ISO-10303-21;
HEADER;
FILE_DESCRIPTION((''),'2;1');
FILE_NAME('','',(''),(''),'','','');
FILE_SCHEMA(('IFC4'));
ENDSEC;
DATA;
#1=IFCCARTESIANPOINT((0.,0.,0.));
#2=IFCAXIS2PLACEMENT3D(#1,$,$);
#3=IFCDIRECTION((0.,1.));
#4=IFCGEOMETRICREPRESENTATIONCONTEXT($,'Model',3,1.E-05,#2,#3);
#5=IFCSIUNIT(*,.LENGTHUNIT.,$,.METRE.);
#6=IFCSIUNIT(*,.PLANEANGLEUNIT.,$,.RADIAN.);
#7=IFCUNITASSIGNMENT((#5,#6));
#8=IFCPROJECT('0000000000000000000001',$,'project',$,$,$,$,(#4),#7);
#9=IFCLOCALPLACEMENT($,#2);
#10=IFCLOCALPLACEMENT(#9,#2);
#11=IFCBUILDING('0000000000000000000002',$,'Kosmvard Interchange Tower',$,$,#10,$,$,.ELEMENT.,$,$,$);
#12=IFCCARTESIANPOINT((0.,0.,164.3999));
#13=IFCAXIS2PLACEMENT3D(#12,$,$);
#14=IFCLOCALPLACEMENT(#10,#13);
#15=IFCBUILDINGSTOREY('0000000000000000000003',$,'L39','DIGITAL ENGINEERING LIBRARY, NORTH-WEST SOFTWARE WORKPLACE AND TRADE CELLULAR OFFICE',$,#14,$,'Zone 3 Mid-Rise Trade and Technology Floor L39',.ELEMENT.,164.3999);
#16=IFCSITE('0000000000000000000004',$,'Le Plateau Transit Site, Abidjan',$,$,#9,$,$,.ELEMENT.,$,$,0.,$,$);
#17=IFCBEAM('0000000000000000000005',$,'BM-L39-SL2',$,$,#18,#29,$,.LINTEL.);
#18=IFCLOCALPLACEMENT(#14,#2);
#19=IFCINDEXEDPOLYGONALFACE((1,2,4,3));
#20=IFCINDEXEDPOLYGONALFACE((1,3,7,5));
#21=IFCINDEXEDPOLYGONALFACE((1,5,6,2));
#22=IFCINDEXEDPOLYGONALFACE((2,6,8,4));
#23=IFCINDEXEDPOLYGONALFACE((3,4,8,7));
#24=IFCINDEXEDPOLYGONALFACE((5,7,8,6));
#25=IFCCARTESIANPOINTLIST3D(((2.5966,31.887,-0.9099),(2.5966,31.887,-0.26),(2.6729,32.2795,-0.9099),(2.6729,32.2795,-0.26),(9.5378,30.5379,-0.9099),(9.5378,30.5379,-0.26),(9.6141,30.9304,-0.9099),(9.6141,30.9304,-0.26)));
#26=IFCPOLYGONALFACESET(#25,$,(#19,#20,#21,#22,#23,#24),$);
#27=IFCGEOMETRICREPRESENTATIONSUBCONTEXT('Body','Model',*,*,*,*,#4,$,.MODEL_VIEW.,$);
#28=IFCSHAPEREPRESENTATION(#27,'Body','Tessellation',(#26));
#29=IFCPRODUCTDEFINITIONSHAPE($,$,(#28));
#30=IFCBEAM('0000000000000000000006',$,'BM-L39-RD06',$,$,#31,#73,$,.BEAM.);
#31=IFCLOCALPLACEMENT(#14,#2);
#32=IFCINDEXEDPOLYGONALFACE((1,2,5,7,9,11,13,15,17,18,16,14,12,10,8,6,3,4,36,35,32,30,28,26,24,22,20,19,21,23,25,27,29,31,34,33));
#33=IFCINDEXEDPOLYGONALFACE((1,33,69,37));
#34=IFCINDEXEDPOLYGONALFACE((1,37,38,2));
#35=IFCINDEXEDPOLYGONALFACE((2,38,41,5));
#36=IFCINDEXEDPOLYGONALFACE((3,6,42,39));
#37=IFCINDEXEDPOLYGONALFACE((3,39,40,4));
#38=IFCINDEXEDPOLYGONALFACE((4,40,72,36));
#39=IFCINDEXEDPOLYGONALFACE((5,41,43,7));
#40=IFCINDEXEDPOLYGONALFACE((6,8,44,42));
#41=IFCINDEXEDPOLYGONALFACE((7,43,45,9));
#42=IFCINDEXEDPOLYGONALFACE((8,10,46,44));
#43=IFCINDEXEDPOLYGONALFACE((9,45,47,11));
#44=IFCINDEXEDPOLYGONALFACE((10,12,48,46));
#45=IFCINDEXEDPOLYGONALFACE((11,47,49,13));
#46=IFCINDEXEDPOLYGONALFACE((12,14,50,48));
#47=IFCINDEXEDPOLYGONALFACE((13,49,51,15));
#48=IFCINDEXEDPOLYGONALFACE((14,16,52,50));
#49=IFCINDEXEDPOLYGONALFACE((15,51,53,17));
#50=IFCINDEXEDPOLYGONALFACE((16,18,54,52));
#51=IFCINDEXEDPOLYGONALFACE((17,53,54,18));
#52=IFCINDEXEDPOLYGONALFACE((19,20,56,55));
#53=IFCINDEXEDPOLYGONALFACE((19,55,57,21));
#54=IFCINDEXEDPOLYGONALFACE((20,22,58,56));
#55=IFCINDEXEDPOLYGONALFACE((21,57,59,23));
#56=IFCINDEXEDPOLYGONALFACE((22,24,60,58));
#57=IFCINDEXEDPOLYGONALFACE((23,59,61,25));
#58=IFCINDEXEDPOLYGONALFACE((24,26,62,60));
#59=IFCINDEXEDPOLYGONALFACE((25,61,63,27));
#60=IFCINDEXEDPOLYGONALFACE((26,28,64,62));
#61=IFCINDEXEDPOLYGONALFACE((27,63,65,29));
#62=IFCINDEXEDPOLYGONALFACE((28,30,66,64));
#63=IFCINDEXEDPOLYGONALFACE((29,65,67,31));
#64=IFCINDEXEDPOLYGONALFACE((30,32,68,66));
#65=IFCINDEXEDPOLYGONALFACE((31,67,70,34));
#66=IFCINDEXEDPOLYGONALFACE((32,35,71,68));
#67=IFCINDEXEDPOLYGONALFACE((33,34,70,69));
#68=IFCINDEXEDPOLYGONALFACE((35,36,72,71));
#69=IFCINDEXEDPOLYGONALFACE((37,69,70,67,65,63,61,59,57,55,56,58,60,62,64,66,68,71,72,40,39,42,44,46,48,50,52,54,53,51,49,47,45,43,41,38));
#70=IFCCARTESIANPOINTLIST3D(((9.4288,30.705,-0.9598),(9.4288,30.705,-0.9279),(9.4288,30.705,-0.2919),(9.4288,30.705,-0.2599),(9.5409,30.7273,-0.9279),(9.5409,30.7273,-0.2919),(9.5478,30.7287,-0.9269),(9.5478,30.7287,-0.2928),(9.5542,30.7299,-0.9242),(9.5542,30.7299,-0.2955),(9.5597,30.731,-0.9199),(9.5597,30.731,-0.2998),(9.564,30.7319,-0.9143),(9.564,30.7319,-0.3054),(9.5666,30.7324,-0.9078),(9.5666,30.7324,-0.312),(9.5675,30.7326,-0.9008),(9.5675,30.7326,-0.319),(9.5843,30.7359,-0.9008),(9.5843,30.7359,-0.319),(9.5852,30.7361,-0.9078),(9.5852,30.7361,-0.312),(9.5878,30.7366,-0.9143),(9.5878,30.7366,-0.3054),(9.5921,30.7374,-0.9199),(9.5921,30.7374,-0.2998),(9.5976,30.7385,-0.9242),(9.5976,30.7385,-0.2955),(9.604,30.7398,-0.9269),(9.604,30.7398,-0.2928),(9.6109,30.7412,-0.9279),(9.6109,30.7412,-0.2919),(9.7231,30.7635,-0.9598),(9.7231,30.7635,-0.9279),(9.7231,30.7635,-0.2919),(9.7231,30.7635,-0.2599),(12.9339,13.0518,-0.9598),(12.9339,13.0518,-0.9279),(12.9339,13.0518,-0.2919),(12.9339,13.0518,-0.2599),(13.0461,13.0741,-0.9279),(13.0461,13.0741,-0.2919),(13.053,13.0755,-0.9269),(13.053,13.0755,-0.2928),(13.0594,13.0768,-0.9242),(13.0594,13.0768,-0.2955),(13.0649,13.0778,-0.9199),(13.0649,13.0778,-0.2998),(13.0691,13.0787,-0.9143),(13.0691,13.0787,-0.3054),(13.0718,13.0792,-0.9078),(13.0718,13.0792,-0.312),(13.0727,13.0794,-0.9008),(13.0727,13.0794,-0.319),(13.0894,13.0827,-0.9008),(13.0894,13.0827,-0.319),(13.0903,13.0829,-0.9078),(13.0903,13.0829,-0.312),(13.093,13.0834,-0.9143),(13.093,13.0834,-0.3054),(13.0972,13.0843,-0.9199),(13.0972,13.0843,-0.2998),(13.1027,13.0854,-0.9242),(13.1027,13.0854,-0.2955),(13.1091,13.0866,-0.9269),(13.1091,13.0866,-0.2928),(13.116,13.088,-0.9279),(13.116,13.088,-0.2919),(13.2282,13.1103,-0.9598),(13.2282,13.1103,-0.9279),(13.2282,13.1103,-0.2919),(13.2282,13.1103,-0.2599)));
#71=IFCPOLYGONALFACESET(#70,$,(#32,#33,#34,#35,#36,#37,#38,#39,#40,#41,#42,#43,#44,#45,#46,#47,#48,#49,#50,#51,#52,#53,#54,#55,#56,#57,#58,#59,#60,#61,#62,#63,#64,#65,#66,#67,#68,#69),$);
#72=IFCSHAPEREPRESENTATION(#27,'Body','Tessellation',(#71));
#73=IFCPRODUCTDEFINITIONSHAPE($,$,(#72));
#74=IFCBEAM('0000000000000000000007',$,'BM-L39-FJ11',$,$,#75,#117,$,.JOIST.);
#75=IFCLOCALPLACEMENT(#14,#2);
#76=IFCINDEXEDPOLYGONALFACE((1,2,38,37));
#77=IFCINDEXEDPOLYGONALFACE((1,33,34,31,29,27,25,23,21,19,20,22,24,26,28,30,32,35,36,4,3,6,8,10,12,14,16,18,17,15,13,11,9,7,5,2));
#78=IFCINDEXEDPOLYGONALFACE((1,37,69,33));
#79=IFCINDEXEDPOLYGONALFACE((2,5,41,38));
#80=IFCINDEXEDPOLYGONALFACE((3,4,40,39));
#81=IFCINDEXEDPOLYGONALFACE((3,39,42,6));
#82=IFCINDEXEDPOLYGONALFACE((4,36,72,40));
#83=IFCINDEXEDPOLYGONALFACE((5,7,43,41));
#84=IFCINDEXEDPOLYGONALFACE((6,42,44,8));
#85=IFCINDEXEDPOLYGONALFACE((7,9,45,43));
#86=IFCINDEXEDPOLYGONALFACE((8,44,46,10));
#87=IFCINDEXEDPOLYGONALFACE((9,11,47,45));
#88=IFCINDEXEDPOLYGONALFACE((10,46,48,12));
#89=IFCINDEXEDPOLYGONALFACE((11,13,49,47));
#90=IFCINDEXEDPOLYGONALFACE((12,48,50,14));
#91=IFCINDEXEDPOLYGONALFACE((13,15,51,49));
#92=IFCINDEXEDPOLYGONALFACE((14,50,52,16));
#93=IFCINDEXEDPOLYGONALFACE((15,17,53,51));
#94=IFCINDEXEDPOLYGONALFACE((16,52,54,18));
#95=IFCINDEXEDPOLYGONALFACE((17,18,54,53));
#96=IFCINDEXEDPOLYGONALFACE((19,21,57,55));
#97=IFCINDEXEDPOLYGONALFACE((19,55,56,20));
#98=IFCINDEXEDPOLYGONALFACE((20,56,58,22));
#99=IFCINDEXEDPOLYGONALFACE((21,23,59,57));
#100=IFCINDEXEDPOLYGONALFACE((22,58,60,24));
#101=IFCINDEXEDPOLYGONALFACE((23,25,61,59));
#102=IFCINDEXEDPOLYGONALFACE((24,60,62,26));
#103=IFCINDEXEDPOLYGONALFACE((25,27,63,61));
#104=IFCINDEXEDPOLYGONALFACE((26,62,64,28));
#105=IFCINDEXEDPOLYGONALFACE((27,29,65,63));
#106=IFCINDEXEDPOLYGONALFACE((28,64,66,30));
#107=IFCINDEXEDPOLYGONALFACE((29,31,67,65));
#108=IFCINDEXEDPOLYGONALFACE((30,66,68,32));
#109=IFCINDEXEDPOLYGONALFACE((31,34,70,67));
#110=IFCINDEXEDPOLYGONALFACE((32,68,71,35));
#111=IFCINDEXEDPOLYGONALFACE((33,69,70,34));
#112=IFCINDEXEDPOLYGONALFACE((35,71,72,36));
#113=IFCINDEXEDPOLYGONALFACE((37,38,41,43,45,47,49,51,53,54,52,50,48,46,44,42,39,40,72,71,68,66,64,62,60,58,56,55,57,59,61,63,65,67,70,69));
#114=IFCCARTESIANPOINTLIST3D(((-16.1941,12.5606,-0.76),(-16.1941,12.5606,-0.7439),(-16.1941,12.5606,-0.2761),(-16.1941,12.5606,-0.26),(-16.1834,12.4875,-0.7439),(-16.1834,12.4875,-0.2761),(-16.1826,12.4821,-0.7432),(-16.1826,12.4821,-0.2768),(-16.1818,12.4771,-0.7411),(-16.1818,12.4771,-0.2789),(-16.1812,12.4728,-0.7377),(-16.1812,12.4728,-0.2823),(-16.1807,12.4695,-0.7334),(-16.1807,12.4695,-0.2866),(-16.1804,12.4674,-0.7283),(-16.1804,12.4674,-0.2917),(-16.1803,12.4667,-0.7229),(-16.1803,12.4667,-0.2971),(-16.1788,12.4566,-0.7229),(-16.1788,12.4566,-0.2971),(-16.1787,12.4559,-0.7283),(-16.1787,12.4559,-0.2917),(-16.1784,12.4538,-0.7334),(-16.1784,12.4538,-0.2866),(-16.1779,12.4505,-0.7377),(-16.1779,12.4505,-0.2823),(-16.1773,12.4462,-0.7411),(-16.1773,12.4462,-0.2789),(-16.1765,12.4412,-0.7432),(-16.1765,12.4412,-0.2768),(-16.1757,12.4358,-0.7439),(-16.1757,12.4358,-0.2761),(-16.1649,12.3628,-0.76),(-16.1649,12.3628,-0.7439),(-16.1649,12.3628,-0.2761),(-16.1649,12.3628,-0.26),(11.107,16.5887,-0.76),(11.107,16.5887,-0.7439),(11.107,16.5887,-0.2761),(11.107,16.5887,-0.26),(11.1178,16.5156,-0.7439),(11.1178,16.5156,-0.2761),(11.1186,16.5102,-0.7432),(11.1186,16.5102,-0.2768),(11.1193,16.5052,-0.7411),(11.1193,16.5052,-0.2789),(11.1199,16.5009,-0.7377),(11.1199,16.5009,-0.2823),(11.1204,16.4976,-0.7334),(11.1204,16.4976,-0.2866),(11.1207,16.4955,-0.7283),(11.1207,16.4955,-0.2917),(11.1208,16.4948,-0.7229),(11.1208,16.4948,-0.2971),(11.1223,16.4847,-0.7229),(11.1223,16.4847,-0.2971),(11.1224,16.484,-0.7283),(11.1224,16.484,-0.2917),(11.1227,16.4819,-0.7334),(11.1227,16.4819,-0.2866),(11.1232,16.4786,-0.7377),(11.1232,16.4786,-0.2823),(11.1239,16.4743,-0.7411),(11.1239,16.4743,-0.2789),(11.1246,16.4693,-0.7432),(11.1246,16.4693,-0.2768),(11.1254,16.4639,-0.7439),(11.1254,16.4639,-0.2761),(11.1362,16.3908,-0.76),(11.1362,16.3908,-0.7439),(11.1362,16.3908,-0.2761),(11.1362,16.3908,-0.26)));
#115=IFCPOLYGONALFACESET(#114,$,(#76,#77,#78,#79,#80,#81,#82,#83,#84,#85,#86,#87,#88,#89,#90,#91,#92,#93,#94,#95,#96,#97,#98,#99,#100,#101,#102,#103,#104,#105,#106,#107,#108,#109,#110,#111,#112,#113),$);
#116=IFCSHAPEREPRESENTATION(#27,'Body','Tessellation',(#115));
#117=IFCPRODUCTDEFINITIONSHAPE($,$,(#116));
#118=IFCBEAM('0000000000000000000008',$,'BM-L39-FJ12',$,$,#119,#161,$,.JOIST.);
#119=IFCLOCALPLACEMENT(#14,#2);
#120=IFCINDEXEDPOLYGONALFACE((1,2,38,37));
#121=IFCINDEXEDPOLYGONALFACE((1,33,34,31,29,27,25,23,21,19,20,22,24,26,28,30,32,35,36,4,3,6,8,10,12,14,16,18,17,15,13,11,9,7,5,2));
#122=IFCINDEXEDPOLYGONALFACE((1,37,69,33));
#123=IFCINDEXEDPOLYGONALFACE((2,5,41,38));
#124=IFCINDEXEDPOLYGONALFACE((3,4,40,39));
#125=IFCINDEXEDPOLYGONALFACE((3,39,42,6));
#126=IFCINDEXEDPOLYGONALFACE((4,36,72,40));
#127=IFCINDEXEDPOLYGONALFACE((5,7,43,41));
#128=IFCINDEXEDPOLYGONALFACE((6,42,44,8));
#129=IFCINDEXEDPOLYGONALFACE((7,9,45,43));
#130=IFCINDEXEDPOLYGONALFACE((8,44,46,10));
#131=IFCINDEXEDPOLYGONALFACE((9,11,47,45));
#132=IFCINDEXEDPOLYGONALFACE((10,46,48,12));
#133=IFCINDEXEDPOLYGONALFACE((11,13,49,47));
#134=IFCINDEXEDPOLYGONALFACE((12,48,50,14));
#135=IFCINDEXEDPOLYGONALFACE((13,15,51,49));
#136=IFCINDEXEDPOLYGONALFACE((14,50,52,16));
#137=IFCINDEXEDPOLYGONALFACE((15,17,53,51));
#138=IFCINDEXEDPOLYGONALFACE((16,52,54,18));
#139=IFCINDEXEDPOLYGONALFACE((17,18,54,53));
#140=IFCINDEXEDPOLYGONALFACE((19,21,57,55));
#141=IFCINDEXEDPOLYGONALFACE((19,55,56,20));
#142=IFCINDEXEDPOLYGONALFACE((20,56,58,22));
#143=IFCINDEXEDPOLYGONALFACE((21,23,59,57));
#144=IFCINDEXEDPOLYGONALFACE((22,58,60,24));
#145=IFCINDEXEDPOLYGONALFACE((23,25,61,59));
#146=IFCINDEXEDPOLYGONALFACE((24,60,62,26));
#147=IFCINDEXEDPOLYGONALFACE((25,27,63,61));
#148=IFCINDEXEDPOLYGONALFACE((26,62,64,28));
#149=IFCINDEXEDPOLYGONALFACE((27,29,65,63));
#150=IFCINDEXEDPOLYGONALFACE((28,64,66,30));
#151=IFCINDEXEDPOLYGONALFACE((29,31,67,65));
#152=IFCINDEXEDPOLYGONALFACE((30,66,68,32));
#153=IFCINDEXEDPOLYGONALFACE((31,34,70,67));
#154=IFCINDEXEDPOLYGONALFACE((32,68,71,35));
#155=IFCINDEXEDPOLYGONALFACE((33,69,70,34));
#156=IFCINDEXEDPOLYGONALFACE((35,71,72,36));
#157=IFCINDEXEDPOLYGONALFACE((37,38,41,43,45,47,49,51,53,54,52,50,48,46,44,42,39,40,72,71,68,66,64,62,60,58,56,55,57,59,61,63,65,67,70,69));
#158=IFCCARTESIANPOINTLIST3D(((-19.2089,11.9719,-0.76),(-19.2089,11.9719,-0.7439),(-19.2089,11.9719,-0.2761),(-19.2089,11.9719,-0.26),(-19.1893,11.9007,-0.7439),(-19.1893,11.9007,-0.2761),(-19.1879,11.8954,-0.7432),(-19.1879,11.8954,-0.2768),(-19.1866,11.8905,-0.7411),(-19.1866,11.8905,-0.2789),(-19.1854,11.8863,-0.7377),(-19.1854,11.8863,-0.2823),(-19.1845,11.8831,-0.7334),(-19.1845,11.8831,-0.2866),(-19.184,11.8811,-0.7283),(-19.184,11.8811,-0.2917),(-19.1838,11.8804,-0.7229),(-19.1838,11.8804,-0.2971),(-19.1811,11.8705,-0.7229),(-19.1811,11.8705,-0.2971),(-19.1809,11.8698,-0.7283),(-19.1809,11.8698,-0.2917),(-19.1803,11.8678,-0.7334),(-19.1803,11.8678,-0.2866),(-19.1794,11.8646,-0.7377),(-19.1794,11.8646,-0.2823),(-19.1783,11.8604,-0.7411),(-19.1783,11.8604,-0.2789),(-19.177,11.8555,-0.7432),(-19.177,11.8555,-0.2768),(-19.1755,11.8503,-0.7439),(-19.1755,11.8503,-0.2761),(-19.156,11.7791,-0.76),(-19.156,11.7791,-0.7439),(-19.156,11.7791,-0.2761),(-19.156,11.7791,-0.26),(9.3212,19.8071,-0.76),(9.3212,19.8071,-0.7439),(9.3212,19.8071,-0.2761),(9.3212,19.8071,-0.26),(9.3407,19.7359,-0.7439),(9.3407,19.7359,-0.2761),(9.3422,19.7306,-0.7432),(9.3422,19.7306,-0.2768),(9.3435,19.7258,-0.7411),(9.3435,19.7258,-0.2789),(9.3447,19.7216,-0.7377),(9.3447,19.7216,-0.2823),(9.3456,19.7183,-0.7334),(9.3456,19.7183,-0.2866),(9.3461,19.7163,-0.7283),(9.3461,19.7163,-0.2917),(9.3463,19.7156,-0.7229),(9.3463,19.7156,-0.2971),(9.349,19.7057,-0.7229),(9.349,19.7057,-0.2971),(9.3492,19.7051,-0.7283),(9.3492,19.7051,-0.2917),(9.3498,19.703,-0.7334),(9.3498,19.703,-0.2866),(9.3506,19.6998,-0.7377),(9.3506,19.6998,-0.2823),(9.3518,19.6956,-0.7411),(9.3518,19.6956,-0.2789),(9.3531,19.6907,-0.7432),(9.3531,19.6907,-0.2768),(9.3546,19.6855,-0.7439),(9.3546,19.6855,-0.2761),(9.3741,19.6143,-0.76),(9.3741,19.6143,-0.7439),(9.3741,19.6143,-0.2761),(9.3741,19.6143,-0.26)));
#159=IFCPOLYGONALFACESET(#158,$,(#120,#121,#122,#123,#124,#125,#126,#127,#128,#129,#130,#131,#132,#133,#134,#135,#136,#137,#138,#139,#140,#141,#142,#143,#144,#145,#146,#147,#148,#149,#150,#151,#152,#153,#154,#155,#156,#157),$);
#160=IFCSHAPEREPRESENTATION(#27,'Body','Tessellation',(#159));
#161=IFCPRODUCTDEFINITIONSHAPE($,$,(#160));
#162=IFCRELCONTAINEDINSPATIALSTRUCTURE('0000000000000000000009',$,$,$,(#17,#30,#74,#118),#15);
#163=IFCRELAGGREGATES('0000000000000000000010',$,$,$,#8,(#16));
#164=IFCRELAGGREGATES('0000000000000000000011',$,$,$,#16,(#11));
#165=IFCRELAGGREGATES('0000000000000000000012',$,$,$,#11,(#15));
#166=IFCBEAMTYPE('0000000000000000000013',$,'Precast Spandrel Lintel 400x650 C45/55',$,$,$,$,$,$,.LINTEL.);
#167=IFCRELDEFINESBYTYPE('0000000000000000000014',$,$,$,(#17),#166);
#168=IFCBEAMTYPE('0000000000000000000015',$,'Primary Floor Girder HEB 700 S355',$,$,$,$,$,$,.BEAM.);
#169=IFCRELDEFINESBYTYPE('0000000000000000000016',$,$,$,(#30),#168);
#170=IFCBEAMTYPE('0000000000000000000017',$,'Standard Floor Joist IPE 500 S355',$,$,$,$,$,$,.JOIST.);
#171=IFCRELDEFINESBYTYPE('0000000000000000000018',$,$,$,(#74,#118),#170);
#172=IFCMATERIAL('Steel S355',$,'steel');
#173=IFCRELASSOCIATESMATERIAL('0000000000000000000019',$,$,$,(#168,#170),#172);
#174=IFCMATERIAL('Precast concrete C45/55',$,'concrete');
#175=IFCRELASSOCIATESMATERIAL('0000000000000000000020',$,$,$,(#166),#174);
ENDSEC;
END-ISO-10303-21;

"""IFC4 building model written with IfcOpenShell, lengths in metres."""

from ifc_helpers import new_model, si_unit, direction, frame, origin, origin_2d, place, context, subcontext, project, spatial, rectangle, i_section, extrude, source, transform, mapped, material, material_profile, profile_set, type_object, element, save


model = new_model("IFC4")

# Units and contexts
model_context = context("Model", 3, precision=1e-05, world=origin(), true_north=direction((0.0, 1.0)))
body_context = subcontext(model_context, "Body", "Model", "MODEL_VIEW")
ifc_project = project(units=[si_unit("LENGTHUNIT", "METRE"), si_unit("PLANEANGLEUNIT", "RADIAN")], contexts=[model_context])

# Site, building, storey
site_placement = place(None, origin())
site = spatial("IfcSite", under=ifc_project, at=site_placement, Name="Le Plateau Transit Site, Abidjan", CompositionType="ELEMENT", RefElevation=0.0)
building_placement = place(site_placement, origin())
building = spatial("IfcBuilding", under=site, at=building_placement, Name="Kosmvard Interchange Tower", CompositionType="ELEMENT")
storey_placement = place(building_placement, frame((0.0, 0.0, 164.3999)))
storey = spatial("IfcBuildingStorey", under=building, at=storey_placement, Name="L39", Description="DIGITAL ENGINEERING LIBRARY, NORTH-WEST SOFTWARE WORKPLACE AND TRADE CELLULAR OFFICE", LongName="Zone 3 Mid-Rise Trade and Technology Floor L39", CompositionType="ELEMENT", Elevation=164.3999)

# Beams
ifc_material_1 = material(Name="Steel S355", Category="steel")
ifc_material_profile_1 = material_profile(ifc_material_1, i_section(OverallWidth=0.3, OverallDepth=0.7, WebThickness=0.0171, FlangeThickness=0.032, FilletRadius=0.0271, at=origin_2d()), Name="HEB 700")
ifc_profile_set_1 = profile_set([ifc_material_profile_1], Name="Steel S355")
beam_type_1 = type_object("IfcBeamType", Name="Primary Floor Girder HEB 700 S355", PredefinedType="BEAM", material=ifc_profile_set_1)
ifc_material_2 = material(Name="Precast concrete C45/55", Category="concrete")
ifc_material_profile_2 = material_profile(ifc_material_2, rectangle(XDim=0.3999, YDim=0.6499, at=origin_2d()), Name="SL 400x650")
ifc_profile_set_2 = profile_set([ifc_material_profile_2], Name="Precast concrete C45/55")
beam_type_2 = type_object("IfcBeamType", Name="Precast Spandrel Lintel 400x650 C45/55", PredefinedType="LINTEL", material=ifc_profile_set_2)
shared_shape_1 = source(origin(), body_context, "Body", "SweptSolid", [
    extrude(rectangle(XDim=0.3999, YDim=0.6499, at=origin_2d()), origin(), (0.0, 0.0, 1.0), 7.071),
])
beam_1_placement = place(storey_placement, frame((9.5759, 30.7341, -0.585), z_axis=(-0.98163, 0.190795, 0.0), x_axis=(-0.190795, -0.98163, 0.0)))
element("IfcBeam", 1, at=beam_1_placement, inside=storey, type_object=beam_type_2, Name="BM-L39-SL2", PredefinedType="LINTEL", context=body_context, shape_type="MappedRepresentation", body=[
    mapped(shared_shape_1, transform((0.0, 0.0, 0.0), scale=1.0)),
])
shared_shape_2 = source(origin(), body_context, "Body", "SweptSolid", [
    extrude(i_section(OverallWidth=0.3, OverallDepth=0.7, WebThickness=0.0171, FlangeThickness=0.032, FilletRadius=0.0271, at=origin_2d()), origin(), (0.0, 0.0, 1.0), 17.9978),
])
beam_2_placement = place(storey_placement, frame((13.0811, 13.0811, -0.6099), z_axis=(-0.194754, 0.980852, 0.0), x_axis=(-0.980852, -0.194754, 0.0)))
element("IfcBeam", 2, at=beam_2_placement, inside=storey, type_object=beam_type_1, Name="BM-L39-RD06", PredefinedType="BEAM", context=body_context, shape_type="MappedRepresentation", body=[
    mapped(shared_shape_2, transform((0.0, 0.0, 0.0), scale=1.0)),
])
ifc_material_profile_3 = material_profile(ifc_material_1, i_section(OverallWidth=0.2, OverallDepth=0.5, WebThickness=0.0103, FlangeThickness=0.0161, FilletRadius=0.021, at=origin_2d()), Name="IPE 500")
ifc_profile_set_3 = profile_set([ifc_material_profile_3], Name="Steel S355")
beam_type_3 = type_object("IfcBeamType", Name="Standard Floor Joist IPE 500 S355", PredefinedType="JOIST", material=ifc_profile_set_3)
shared_shape_3 = source(origin(), body_context, "Body", "SweptSolid", [
    extrude(i_section(OverallWidth=0.2, OverallDepth=0.5, WebThickness=0.0103, FlangeThickness=0.0161, FilletRadius=0.021, at=origin_2d()), origin(), (0.0, 0.0, 1.0), 27.5967),
])
beam_3_placement = place(storey_placement, frame((11.1216, 16.4897, -0.51), z_axis=(-0.98929, -0.145963, 0.0), x_axis=(0.145963, -0.98929, 0.0)))
element("IfcBeam", 3, at=beam_3_placement, inside=storey, type_object=beam_type_3, Name="BM-L39-FJ11", PredefinedType="JOIST", context=body_context, shape_type="MappedRepresentation", body=[
    mapped(shared_shape_3, transform((0.0, 0.0, 0.0), scale=1.0)),
])
shared_shape_4 = source(origin(), body_context, "Body", "SweptSolid", [
    extrude(i_section(OverallWidth=0.2, OverallDepth=0.5, WebThickness=0.0103, FlangeThickness=0.0161, FilletRadius=0.021, at=origin_2d()), origin(), (0.0, 0.0, 1.0), 29.5864),
])
beam_4_placement = place(storey_placement, frame((9.3477, 19.7107, -0.51), z_axis=(-0.964297, -0.264825, 0.0), x_axis=(0.264825, -0.964297, 0.0)))
element("IfcBeam", 4, at=beam_4_placement, inside=storey, type_object=beam_type_3, Name="BM-L39-FJ12", PredefinedType="JOIST", context=body_context, shape_type="MappedRepresentation", body=[
    mapped(shared_shape_4, transform((0.0, 0.0, 0.0), scale=1.0)),
])

save(model, "model.ifc")
